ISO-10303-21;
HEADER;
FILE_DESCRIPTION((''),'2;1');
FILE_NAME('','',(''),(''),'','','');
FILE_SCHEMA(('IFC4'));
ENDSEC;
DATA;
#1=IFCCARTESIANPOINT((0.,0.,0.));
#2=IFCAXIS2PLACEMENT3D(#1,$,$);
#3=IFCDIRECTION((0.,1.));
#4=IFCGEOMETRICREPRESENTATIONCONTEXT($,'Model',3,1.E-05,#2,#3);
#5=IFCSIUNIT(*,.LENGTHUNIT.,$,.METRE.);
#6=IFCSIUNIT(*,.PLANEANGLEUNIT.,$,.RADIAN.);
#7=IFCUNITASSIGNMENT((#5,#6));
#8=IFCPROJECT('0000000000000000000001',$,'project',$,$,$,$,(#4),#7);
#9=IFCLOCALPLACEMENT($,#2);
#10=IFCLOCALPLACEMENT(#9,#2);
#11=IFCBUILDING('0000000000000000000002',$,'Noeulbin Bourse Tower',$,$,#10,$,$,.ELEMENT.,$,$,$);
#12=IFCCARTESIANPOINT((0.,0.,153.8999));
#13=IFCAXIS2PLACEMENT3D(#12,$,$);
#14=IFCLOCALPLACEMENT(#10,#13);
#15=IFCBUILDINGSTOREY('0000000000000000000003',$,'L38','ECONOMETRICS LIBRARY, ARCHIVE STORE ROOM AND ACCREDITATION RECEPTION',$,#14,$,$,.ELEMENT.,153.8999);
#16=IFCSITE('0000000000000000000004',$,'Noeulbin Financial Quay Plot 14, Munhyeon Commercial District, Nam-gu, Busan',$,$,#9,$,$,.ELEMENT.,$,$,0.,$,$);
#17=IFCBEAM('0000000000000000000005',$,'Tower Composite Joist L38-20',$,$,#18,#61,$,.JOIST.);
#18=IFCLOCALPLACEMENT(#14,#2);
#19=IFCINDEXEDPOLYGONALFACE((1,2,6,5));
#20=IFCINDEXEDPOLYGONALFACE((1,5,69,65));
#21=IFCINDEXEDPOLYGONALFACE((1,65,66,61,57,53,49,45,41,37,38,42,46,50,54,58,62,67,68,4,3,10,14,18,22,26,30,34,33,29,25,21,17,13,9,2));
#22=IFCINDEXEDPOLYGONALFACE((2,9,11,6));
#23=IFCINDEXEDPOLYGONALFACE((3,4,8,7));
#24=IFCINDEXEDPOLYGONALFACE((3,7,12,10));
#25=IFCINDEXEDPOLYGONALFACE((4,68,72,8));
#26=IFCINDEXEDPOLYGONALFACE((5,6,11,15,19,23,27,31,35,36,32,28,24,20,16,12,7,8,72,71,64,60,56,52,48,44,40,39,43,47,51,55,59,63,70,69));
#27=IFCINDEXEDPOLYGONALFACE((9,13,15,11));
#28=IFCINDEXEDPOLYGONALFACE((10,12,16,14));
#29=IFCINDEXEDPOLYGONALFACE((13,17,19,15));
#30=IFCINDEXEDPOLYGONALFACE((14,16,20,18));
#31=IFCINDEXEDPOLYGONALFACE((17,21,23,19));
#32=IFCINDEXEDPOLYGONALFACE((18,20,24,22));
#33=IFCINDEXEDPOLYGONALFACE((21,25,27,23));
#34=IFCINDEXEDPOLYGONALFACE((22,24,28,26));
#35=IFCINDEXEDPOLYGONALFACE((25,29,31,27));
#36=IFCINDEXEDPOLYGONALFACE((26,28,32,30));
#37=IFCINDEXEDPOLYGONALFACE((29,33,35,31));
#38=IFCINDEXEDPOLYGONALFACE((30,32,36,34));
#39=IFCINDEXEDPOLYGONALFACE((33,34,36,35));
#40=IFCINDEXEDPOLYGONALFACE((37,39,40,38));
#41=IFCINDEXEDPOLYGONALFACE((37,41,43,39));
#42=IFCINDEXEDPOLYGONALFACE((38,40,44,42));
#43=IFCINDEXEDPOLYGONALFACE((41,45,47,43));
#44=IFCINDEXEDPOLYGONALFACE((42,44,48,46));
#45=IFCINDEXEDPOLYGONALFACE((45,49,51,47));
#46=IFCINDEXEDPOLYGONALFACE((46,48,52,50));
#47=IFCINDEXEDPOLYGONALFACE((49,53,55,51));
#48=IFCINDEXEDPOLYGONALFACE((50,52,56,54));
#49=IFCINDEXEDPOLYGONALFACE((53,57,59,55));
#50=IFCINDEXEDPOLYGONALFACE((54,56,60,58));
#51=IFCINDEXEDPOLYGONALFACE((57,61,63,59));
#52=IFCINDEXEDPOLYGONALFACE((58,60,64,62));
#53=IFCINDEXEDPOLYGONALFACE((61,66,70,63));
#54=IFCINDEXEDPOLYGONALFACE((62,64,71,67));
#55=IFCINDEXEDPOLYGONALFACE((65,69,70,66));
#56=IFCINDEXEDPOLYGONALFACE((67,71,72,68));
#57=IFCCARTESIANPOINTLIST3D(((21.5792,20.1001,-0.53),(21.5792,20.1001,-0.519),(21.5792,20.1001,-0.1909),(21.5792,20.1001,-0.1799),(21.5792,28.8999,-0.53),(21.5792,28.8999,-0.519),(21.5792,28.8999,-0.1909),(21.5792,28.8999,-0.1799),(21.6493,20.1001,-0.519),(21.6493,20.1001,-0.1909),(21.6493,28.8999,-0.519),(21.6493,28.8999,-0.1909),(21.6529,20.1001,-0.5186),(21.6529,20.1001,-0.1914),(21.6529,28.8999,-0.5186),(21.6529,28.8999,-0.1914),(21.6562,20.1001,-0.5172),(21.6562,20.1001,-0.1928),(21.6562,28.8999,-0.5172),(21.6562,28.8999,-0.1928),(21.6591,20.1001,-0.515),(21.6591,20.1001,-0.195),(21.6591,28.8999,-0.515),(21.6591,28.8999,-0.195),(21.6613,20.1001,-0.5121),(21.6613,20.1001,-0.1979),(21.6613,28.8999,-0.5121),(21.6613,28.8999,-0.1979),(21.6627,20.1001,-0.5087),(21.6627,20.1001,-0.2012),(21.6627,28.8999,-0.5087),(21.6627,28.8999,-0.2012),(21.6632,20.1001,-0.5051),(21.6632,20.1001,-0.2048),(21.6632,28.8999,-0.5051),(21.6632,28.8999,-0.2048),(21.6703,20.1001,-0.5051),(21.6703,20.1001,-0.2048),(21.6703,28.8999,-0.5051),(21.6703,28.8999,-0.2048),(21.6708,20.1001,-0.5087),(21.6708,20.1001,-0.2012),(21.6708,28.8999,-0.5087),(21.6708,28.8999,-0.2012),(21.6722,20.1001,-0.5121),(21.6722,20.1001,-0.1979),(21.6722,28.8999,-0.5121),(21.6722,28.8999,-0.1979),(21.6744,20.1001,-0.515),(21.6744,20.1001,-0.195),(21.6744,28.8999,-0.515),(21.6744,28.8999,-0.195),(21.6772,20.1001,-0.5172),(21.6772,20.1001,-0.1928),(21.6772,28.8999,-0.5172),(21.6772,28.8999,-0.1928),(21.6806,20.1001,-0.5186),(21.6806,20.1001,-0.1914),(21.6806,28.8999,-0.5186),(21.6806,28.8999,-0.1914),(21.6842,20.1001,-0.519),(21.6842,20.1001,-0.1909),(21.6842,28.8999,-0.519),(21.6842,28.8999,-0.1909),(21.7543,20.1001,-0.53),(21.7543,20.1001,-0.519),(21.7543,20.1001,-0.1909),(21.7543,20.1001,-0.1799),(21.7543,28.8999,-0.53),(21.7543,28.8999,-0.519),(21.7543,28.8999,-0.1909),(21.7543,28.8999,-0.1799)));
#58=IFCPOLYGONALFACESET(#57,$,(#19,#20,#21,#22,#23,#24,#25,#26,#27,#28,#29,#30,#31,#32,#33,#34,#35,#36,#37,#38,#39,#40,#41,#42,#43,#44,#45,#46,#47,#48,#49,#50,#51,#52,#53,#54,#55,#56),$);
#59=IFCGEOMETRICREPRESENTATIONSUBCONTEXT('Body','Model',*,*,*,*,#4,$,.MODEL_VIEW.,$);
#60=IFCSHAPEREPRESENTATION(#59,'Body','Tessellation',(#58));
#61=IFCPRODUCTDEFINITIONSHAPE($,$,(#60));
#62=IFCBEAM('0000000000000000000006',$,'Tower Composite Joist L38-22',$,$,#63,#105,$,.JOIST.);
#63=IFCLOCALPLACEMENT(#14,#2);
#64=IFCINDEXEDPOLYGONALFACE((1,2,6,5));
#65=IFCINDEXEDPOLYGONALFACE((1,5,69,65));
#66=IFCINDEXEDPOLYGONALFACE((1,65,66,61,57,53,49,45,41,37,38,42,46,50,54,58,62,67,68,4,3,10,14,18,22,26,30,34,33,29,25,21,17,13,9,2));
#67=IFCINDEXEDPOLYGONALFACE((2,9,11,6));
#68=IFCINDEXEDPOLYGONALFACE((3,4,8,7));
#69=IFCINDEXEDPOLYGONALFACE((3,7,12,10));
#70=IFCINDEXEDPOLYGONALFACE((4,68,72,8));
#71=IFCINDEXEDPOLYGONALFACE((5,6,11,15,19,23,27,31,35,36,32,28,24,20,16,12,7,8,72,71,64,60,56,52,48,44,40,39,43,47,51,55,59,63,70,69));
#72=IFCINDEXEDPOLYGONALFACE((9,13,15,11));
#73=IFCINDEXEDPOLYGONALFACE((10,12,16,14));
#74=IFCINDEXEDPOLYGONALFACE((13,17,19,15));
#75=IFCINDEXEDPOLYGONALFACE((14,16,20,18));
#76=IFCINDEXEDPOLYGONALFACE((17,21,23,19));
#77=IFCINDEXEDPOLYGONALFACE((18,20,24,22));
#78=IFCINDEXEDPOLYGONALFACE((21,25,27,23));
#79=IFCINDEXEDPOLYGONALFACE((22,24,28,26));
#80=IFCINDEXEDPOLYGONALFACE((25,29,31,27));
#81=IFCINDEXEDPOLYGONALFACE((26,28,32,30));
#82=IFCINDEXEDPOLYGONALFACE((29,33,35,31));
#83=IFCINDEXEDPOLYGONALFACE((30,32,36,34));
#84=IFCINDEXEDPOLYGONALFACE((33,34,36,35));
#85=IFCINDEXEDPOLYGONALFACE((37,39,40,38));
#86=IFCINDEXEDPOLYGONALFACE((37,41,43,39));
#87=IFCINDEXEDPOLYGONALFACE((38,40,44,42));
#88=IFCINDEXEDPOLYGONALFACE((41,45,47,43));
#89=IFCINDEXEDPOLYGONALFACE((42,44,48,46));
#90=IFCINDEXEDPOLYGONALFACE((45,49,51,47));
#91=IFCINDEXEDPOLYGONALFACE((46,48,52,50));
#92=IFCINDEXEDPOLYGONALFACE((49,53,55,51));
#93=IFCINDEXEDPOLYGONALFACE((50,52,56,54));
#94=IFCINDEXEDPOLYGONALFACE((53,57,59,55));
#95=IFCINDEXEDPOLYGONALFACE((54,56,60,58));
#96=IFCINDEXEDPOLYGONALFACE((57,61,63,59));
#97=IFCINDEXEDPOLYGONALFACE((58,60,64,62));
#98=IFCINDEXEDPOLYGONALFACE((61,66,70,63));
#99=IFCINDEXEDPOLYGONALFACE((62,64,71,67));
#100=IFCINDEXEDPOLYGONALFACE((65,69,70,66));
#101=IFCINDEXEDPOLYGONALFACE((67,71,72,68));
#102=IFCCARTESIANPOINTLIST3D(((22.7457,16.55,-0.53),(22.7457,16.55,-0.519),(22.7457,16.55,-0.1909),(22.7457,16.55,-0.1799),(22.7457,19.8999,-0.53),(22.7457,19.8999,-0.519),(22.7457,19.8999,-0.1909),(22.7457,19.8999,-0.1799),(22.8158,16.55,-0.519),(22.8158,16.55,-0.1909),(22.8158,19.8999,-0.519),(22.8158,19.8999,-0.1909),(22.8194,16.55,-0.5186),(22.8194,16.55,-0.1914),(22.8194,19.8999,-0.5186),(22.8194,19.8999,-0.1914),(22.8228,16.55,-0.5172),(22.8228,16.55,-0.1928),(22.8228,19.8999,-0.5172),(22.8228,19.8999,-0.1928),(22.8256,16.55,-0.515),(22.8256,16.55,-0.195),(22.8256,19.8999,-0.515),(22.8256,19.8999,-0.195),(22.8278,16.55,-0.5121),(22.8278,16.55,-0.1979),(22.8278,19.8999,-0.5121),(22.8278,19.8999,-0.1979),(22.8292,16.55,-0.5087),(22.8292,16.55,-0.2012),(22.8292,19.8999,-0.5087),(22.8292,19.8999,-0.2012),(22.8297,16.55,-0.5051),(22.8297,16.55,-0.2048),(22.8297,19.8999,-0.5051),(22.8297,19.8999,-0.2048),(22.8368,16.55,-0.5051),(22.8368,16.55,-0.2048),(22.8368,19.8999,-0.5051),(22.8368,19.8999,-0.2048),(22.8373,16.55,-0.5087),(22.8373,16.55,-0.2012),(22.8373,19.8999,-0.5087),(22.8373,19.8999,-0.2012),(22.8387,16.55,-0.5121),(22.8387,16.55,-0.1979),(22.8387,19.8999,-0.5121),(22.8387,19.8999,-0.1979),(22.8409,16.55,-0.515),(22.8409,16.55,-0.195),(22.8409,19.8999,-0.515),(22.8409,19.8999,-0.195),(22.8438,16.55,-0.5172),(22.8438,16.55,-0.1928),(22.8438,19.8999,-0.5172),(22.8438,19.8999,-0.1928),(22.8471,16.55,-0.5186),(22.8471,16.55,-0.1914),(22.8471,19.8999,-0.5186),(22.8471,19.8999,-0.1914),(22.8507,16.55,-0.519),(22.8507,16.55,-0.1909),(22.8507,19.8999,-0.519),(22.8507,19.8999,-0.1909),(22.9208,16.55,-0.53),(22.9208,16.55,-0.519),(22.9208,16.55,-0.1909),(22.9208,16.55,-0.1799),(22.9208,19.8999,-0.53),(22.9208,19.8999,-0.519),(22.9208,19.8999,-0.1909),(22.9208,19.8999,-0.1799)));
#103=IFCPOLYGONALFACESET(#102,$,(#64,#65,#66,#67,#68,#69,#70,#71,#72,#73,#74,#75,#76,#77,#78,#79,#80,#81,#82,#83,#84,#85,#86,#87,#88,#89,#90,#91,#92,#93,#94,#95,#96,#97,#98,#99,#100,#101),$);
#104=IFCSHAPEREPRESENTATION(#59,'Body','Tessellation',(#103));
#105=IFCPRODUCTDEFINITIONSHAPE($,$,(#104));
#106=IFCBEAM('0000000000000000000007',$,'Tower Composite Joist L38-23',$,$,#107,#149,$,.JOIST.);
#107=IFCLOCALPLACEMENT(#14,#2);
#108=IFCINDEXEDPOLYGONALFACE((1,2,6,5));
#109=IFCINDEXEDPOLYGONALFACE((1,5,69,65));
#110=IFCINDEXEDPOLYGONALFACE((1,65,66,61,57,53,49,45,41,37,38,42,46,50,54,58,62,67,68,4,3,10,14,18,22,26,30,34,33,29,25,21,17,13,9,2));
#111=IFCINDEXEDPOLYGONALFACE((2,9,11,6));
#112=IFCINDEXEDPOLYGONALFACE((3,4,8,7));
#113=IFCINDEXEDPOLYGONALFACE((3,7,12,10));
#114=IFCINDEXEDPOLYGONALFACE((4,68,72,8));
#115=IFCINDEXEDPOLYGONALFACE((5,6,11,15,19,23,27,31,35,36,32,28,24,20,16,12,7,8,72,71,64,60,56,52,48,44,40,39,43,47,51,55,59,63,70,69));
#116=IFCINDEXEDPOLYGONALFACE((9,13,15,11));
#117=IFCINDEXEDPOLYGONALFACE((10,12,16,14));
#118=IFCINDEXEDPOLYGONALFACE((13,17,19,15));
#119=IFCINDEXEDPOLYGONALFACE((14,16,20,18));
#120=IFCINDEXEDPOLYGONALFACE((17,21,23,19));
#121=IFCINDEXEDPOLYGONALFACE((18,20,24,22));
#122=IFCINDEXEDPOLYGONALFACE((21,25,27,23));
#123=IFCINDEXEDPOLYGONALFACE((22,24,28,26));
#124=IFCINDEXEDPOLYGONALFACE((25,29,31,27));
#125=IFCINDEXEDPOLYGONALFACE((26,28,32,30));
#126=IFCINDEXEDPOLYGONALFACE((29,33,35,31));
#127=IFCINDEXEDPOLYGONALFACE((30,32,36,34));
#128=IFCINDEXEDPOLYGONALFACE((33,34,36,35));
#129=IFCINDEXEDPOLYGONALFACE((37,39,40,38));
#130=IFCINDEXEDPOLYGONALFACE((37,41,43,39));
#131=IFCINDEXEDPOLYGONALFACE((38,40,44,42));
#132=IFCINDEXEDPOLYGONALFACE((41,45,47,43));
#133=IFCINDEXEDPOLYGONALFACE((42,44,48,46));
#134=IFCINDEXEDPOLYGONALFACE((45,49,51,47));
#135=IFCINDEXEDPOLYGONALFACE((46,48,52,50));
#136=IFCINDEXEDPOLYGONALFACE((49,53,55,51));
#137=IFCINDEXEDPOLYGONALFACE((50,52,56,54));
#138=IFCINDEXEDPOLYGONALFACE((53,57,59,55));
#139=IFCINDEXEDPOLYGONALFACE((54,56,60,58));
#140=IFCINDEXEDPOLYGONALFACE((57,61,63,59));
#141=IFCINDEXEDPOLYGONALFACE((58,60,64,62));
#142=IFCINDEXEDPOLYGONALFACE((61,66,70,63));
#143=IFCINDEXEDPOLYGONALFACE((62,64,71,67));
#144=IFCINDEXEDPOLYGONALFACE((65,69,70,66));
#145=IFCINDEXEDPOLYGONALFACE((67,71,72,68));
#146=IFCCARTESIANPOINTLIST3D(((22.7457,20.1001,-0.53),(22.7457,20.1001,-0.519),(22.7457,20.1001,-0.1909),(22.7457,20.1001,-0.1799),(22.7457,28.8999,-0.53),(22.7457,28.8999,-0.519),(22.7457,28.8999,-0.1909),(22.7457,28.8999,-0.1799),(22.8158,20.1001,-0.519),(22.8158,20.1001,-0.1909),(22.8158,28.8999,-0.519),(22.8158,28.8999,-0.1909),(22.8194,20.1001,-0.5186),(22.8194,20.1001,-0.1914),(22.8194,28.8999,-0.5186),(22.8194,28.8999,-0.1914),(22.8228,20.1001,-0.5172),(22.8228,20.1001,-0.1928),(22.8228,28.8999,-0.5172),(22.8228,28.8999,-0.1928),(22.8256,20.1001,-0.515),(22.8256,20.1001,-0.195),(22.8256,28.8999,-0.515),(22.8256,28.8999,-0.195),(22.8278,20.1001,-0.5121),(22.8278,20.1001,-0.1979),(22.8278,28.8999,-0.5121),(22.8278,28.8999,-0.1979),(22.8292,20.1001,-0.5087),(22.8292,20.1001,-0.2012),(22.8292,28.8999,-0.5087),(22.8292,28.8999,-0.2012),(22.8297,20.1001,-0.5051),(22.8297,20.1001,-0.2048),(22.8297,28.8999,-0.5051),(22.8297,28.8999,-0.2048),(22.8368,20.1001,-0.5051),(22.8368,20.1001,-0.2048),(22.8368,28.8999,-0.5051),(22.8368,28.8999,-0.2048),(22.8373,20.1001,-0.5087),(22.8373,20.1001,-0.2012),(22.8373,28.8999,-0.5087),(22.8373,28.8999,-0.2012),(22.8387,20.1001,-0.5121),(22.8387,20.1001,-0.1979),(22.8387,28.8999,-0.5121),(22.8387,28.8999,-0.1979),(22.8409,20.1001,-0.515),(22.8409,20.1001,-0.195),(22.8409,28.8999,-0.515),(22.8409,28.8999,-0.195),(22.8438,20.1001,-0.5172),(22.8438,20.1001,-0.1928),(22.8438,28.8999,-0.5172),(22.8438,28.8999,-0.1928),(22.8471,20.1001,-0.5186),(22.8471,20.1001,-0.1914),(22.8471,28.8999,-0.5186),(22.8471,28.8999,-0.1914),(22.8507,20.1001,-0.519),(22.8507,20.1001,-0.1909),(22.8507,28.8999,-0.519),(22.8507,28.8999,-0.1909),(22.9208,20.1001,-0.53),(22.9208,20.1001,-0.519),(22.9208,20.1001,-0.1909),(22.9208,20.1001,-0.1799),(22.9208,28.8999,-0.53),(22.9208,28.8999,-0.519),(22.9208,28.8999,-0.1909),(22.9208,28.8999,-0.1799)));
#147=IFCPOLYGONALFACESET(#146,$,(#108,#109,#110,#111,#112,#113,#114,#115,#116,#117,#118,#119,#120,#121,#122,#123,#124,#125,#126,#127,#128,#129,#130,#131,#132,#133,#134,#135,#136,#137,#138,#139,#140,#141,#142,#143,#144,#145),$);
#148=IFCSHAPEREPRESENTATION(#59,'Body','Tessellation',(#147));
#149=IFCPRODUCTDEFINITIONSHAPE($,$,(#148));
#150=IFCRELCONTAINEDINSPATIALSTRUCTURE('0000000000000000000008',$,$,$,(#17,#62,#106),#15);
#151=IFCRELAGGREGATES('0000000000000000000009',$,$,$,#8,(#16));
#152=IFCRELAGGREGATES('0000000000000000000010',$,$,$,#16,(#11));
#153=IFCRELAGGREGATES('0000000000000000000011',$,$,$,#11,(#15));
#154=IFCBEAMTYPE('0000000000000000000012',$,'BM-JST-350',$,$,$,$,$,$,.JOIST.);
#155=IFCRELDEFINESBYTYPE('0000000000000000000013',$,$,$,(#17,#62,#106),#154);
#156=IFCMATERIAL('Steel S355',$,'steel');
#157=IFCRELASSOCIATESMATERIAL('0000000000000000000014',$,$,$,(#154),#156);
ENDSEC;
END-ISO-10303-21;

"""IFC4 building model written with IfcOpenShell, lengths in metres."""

from ifc_helpers import new_model, si_unit, direction, frame, origin, origin_2d, place, context, subcontext, project, spatial, i_section, extrude, material, material_profile, profile_set, type_object, element, save


model = new_model("IFC4")

# Units and contexts
model_context = context("Model", 3, precision=1e-05, world=origin(), true_north=direction((0.0, 1.0)))
body_context = subcontext(model_context, "Body", "Model", "MODEL_VIEW")
ifc_project = project(units=[si_unit("LENGTHUNIT", "METRE"), si_unit("PLANEANGLEUNIT", "RADIAN")], contexts=[model_context])

# Site, building, storey
site_placement = place(None, origin())
site = spatial("IfcSite", under=ifc_project, at=site_placement, Name="Noeulbin Financial Quay Plot 14, Munhyeon Commercial District, Nam-gu, Busan", CompositionType="ELEMENT", RefElevation=0.0)
building_placement = place(site_placement, origin())
building = spatial("IfcBuilding", under=site, at=building_placement, Name="Noeulbin Bourse Tower", CompositionType="ELEMENT")
storey_placement = place(building_placement, frame((0.0, 0.0, 153.8999)))
storey = spatial("IfcBuildingStorey", under=building, at=storey_placement, Name="L38", Description="ECONOMETRICS LIBRARY, ARCHIVE STORE ROOM AND ACCREDITATION RECEPTION", CompositionType="ELEMENT", Elevation=153.8999)

# Shared definitions
ifc_material_1 = material(Name="Steel S355", Category="steel")

# Beams
ifc_material_profile_1 = material_profile(ifc_material_1, i_section(OverallWidth=0.175, OverallDepth=0.3501, WebThickness=0.0071, FlangeThickness=0.011, FilletRadius=0.0139, at=origin_2d()), Name="H-350x175x7x11", Category="LoadBearing")
ifc_profile_set_1 = profile_set([ifc_material_profile_1], Name="Steel S355")
beam_type_1 = type_object("IfcBeamType", Name="BM-JST-350", PredefinedType="JOIST", material=ifc_profile_set_1)
beam_1_placement = place(storey_placement, frame((21.6667, 20.1001, -0.355), z_axis=(0.0, 1.0, 0.0), x_axis=(-1.0, 0.0, 0.0)))
element("IfcBeam", 1, at=beam_1_placement, inside=storey, type_object=beam_type_1, Name="Tower Composite Joist L38-20", PredefinedType="JOIST", context=body_context, shape_type="SweptSolid", body=[
    extrude(i_section(OverallWidth=0.175, OverallDepth=0.3501, WebThickness=0.0071, FlangeThickness=0.011, FilletRadius=0.0139, at=origin_2d()), origin(), (0.0, 0.0, 1.0), 8.7998),
])
beam_2_placement = place(storey_placement, frame((22.8333, 16.55, -0.355), z_axis=(0.0, 1.0, 0.0), x_axis=(-1.0, 0.0, 0.0)))
element("IfcBeam", 2, at=beam_2_placement, inside=storey, type_object=beam_type_1, Name="Tower Composite Joist L38-22", PredefinedType="JOIST", context=body_context, shape_type="SweptSolid", body=[
    extrude(i_section(OverallWidth=0.175, OverallDepth=0.3501, WebThickness=0.0071, FlangeThickness=0.011, FilletRadius=0.0139, at=origin_2d()), origin(), (0.0, 0.0, 1.0), 3.3499),
])
beam_3_placement = place(storey_placement, frame((22.8333, 20.1001, -0.355), z_axis=(0.0, 1.0, 0.0), x_axis=(-1.0, 0.0, 0.0)))
element("IfcBeam", 3, at=beam_3_placement, inside=storey, type_object=beam_type_1, Name="Tower Composite Joist L38-23", PredefinedType="JOIST", context=body_context, shape_type="SweptSolid", body=[
    extrude(i_section(OverallWidth=0.175, OverallDepth=0.3501, WebThickness=0.0071, FlangeThickness=0.011, FilletRadius=0.0139, at=origin_2d()), origin(), (0.0, 0.0, 1.0), 8.7998),
])

save(model, "model.ifc")
